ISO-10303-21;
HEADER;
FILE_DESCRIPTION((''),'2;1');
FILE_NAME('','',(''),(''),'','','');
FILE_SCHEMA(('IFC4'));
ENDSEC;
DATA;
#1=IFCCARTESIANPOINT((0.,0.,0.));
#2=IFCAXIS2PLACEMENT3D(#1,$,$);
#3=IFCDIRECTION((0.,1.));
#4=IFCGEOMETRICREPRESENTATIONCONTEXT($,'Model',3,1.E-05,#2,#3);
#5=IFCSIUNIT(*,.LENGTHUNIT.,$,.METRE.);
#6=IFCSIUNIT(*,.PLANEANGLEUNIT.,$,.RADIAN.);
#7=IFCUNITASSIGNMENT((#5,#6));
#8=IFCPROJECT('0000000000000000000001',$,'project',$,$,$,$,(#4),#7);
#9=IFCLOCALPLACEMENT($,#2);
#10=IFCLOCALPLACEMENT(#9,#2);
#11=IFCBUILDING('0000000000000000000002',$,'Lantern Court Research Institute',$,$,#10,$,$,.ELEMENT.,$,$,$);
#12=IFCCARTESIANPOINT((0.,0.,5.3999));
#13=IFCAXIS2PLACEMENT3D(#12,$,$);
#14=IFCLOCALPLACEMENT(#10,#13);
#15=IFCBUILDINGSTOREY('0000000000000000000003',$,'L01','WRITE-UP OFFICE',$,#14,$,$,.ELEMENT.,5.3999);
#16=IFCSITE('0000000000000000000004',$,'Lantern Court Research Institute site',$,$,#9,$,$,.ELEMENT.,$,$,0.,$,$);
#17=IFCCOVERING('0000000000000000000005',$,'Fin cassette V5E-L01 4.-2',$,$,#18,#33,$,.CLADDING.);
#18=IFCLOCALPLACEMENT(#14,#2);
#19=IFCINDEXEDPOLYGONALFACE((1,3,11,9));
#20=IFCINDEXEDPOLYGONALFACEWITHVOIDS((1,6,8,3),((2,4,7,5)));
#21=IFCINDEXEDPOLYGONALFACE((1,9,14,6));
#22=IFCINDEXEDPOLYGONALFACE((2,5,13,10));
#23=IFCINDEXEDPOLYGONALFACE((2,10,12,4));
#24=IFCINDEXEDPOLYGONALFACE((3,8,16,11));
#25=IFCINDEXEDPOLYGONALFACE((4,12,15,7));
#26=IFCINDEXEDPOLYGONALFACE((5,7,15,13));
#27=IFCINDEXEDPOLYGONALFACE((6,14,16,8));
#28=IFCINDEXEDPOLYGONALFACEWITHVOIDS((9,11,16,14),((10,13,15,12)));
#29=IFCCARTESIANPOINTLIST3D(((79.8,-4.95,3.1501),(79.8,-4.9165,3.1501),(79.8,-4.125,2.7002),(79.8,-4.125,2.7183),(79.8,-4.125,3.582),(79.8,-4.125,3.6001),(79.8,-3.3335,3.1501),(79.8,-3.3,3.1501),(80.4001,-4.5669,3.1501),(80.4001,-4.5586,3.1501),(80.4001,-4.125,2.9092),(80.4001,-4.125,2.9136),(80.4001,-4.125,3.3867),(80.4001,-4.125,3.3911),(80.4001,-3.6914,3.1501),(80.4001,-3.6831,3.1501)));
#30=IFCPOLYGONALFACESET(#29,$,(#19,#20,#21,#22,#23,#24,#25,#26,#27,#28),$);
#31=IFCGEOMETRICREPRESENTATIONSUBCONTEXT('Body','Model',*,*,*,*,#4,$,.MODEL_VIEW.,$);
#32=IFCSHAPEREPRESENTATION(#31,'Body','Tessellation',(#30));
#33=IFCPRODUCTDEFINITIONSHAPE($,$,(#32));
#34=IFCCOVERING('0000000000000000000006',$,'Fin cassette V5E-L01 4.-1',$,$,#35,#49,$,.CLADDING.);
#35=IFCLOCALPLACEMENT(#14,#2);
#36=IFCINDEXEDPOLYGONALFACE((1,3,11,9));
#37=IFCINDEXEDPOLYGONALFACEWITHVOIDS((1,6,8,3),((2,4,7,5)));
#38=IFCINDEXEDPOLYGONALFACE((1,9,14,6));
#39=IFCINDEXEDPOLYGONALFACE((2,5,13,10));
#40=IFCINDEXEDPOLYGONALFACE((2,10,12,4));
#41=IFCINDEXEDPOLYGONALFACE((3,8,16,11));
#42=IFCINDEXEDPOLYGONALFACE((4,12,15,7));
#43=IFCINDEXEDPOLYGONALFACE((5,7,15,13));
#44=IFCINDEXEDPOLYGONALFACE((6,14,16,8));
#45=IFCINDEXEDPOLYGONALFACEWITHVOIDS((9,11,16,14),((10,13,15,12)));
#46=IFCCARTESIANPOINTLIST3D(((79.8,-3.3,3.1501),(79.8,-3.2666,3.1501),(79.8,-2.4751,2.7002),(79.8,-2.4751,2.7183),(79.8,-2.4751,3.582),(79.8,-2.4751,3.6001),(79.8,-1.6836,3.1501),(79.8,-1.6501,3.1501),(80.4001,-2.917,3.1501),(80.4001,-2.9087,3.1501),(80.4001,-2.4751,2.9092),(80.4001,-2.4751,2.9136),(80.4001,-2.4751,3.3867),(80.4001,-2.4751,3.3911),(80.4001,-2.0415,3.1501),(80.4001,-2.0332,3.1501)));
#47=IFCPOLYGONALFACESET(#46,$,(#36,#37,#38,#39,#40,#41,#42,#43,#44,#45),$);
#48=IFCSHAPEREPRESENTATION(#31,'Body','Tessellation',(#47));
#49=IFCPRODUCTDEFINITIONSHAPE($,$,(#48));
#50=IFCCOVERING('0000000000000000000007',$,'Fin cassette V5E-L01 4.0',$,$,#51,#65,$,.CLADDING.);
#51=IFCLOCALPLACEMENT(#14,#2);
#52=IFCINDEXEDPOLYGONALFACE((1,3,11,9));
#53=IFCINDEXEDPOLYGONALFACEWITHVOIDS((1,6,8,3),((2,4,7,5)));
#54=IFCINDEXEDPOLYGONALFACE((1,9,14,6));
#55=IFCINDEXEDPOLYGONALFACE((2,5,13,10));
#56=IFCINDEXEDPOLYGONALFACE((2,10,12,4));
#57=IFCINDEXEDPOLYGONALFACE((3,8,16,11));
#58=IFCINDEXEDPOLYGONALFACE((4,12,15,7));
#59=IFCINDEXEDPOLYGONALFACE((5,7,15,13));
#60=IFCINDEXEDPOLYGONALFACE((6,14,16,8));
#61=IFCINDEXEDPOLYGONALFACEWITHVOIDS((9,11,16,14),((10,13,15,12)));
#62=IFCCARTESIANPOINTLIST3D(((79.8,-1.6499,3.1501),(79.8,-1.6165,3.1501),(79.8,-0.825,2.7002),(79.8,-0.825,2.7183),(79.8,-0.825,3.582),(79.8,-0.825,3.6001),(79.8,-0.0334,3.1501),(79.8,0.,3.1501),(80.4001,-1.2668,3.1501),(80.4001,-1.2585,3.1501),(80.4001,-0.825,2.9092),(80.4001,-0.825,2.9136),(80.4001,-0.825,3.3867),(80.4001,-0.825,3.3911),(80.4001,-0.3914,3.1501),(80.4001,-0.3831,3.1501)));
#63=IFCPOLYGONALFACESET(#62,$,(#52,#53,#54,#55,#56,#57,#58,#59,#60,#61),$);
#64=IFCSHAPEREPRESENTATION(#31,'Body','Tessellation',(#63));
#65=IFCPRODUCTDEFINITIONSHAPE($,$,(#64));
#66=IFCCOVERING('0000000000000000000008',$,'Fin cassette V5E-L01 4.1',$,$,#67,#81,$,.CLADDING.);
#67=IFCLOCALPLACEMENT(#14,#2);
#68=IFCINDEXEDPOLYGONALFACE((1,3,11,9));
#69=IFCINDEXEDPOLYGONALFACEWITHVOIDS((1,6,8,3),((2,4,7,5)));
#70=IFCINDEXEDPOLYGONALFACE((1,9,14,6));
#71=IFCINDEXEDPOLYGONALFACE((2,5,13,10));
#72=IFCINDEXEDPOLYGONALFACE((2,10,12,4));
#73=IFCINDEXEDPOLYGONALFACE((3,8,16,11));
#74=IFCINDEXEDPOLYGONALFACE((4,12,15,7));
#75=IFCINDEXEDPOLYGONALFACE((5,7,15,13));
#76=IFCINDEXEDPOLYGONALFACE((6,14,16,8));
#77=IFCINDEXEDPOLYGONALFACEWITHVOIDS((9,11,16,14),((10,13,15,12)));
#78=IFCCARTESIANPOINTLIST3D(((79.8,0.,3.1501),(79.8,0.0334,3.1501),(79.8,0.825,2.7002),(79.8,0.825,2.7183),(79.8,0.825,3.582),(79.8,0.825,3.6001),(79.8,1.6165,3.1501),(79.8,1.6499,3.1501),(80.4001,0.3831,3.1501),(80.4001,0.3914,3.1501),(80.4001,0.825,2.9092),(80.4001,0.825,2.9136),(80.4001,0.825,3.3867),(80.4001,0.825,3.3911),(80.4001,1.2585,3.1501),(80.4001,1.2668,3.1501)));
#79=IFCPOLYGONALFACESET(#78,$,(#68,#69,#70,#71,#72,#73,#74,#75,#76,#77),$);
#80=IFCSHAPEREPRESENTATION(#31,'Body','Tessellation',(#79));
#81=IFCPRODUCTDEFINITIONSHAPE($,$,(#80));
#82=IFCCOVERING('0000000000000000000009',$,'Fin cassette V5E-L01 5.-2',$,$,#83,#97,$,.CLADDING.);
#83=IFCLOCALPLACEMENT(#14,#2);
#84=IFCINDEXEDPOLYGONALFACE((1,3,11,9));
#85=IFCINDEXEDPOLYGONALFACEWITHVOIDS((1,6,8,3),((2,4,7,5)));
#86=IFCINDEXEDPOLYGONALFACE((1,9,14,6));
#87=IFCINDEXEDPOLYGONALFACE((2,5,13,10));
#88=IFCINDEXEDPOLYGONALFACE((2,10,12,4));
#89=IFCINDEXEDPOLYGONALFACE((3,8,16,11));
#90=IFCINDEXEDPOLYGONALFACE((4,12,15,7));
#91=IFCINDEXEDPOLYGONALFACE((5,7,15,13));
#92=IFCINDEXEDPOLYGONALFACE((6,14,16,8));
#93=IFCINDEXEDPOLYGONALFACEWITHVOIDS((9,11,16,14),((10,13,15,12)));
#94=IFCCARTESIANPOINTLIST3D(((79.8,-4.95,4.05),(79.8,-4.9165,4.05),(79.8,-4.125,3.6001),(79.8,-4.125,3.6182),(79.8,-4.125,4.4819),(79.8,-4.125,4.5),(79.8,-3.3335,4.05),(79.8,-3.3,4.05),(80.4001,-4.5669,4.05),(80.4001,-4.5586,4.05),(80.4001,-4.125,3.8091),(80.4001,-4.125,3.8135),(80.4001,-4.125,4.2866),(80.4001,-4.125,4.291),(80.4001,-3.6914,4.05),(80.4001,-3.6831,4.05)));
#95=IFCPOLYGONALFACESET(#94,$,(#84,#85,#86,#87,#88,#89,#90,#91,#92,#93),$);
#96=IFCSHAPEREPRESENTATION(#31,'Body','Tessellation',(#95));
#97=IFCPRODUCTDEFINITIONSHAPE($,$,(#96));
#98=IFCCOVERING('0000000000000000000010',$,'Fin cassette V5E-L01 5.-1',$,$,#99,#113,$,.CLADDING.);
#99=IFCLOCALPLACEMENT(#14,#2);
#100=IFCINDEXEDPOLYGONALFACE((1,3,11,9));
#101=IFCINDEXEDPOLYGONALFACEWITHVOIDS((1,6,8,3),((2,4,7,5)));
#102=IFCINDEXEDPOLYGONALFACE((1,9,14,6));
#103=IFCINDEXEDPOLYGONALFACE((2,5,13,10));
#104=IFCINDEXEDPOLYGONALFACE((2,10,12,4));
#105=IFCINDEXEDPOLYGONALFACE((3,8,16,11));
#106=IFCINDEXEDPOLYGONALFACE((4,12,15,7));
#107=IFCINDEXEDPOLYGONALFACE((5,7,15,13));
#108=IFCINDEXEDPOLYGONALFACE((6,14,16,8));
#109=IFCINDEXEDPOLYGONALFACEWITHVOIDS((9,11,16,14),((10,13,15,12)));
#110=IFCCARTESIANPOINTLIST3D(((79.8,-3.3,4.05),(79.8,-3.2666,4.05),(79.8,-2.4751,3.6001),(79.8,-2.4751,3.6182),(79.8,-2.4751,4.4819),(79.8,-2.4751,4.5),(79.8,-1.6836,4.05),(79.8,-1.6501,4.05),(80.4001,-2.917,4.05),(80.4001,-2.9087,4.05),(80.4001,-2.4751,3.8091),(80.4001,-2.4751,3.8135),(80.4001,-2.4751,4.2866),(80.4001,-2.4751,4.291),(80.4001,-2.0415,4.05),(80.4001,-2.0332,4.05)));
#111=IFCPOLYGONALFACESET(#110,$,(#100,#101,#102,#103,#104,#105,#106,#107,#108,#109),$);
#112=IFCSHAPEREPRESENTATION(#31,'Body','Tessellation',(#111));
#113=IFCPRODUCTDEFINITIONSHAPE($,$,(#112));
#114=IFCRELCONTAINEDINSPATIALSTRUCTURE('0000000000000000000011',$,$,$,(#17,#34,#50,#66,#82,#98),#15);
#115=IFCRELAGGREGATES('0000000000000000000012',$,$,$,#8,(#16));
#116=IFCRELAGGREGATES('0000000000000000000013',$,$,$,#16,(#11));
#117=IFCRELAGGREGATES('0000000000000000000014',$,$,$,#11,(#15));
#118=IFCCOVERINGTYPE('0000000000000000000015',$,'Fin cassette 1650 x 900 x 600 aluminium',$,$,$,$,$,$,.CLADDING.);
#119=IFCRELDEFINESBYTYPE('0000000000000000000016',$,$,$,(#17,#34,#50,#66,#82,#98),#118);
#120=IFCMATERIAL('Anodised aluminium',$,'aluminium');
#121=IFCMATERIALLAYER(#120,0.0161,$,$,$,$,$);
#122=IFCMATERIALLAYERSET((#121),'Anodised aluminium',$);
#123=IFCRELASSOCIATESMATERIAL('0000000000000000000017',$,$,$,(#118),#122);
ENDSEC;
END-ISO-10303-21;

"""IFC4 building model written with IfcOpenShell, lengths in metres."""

from ifc_helpers import new_model, entity, si_unit, direction, frame, origin, place, context, subcontext, project, spatial, material, layer, layer_set, type_object, element, save


model = new_model("IFC4")

# Units and contexts
model_context = context("Model", 3, precision=1e-05, world=origin(), true_north=direction((0.0, 1.0)))
body_context = subcontext(model_context, "Body", "Model", "MODEL_VIEW")
ifc_project = project(units=[si_unit("LENGTHUNIT", "METRE"), si_unit("PLANEANGLEUNIT", "RADIAN")], contexts=[model_context])

# Site, building, storey
site_placement = place(None, origin())
site = spatial("IfcSite", under=ifc_project, at=site_placement, Name="Lantern Court Research Institute site", CompositionType="ELEMENT", RefElevation=0.0)
building_placement = place(site_placement, origin())
building = spatial("IfcBuilding", under=site, at=building_placement, Name="Lantern Court Research Institute", CompositionType="ELEMENT")
storey_placement = place(building_placement, frame((0.0, 0.0, 5.3999)))
storey = spatial("IfcBuildingStorey", under=building, at=storey_placement, Name="L01", Description="WRITE-UP OFFICE", CompositionType="ELEMENT", Elevation=5.3999)

# Coverings
ifc_material_1 = material(Name="Anodised aluminium", Category="aluminium")
ifc_layer_1 = layer(ifc_material_1, 0.0161)
ifc_layer_set_1 = layer_set([ifc_layer_1], Name="Anodised aluminium")
covering_type = type_object("IfcCoveringType", Name="Fin cassette 1650 x 900 x 600 aluminium", PredefinedType="CLADDING", material=ifc_layer_set_1)
covering_1_placement = place(storey_placement, frame((79.8, -4.125, 3.1501), z_axis=(1.0, 0.0, 0.0), x_axis=(0.0, 1.0, 0.0)))
cartesian_point_1 = entity("IfcCartesianPoint", [0.825, 0.0])
cartesian_point_2 = entity("IfcCartesianPoint", [0.7915, 0.0])
cartesian_point_3 = entity("IfcCartesianPoint", [0.4419, 0.0])
cartesian_point_4 = entity("IfcCartesianPoint", [0.4336, 0.0])
element("IfcCovering", 1, at=covering_1_placement, inside=storey, type_object=covering_type, Name="Fin cassette V5E-L01 4.-2", PredefinedType="CLADDING", context=body_context, shape_type="SweptSolid", body=[
    entity("IfcExtrudedAreaSolidTapered", entity("IfcArbitraryProfileDefWithVoids", "AREA", None, entity("IfcPolyline", [cartesian_point_1, entity("IfcCartesianPoint", [0.0, 0.45]), entity("IfcCartesianPoint", [-0.825, 0.0]), entity("IfcCartesianPoint", [0.0, -0.45]), cartesian_point_1]), [entity("IfcPolyline", [cartesian_point_2, entity("IfcCartesianPoint", [0.0, 0.4319]), entity("IfcCartesianPoint", [-0.7915, 0.0]), entity("IfcCartesianPoint", [0.0, -0.4319]), cartesian_point_2])]), entity("IfcAxis2Placement3D", entity("IfcCartesianPoint", [0.0, 0.0, 0.0])), entity("IfcDirection", [0.0, 0.0, 1.0]), 0.6001, entity("IfcArbitraryProfileDefWithVoids", "AREA", None, entity("IfcPolyline", [cartesian_point_3, entity("IfcCartesianPoint", [0.0, 0.241]), entity("IfcCartesianPoint", [-0.4419, 0.0]), entity("IfcCartesianPoint", [0.0, -0.241]), cartesian_point_3]), [entity("IfcPolyline", [cartesian_point_4, entity("IfcCartesianPoint", [0.0, 0.2366]), entity("IfcCartesianPoint", [-0.4336, 0.0]), entity("IfcCartesianPoint", [0.0, -0.2366]), cartesian_point_4])])),
])
covering_2_placement = place(storey_placement, frame((79.8, -2.4751, 3.1501), z_axis=(1.0, 0.0, 0.0), x_axis=(0.0, 1.0, 0.0)))
cartesian_point_5 = entity("IfcCartesianPoint", [0.825, 0.0])
cartesian_point_6 = entity("IfcCartesianPoint", [0.7915, 0.0])
cartesian_point_7 = entity("IfcCartesianPoint", [0.4419, 0.0])
cartesian_point_8 = entity("IfcCartesianPoint", [0.4336, 0.0])
element("IfcCovering", 2, at=covering_2_placement, inside=storey, type_object=covering_type, Name="Fin cassette V5E-L01 4.-1", PredefinedType="CLADDING", context=body_context, shape_type="SweptSolid", body=[
    entity("IfcExtrudedAreaSolidTapered", entity("IfcArbitraryProfileDefWithVoids", "AREA", None, entity("IfcPolyline", [cartesian_point_5, entity("IfcCartesianPoint", [0.0, 0.45]), entity("IfcCartesianPoint", [-0.825, 0.0]), entity("IfcCartesianPoint", [0.0, -0.45]), cartesian_point_5]), [entity("IfcPolyline", [cartesian_point_6, entity("IfcCartesianPoint", [0.0, 0.4319]), entity("IfcCartesianPoint", [-0.7915, 0.0]), entity("IfcCartesianPoint", [0.0, -0.4319]), cartesian_point_6])]), entity("IfcAxis2Placement3D", entity("IfcCartesianPoint", [0.0, 0.0, 0.0])), entity("IfcDirection", [0.0, 0.0, 1.0]), 0.6001, entity("IfcArbitraryProfileDefWithVoids", "AREA", None, entity("IfcPolyline", [cartesian_point_7, entity("IfcCartesianPoint", [0.0, 0.241]), entity("IfcCartesianPoint", [-0.4419, 0.0]), entity("IfcCartesianPoint", [0.0, -0.241]), cartesian_point_7]), [entity("IfcPolyline", [cartesian_point_8, entity("IfcCartesianPoint", [0.0, 0.2366]), entity("IfcCartesianPoint", [-0.4336, 0.0]), entity("IfcCartesianPoint", [0.0, -0.2366]), cartesian_point_8])])),
])
covering_3_placement = place(storey_placement, frame((79.8, -0.825, 3.1501), z_axis=(1.0, 0.0, 0.0), x_axis=(0.0, 1.0, 0.0)))
cartesian_point_9 = entity("IfcCartesianPoint", [0.825, 0.0])
cartesian_point_10 = entity("IfcCartesianPoint", [0.7915, 0.0])
cartesian_point_11 = entity("IfcCartesianPoint", [0.4419, 0.0])
cartesian_point_12 = entity("IfcCartesianPoint", [0.4336, 0.0])
element("IfcCovering", 3, at=covering_3_placement, inside=storey, type_object=covering_type, Name="Fin cassette V5E-L01 4.0", PredefinedType="CLADDING", context=body_context, shape_type="SweptSolid", body=[
    entity("IfcExtrudedAreaSolidTapered", entity("IfcArbitraryProfileDefWithVoids", "AREA", None, entity("IfcPolyline", [cartesian_point_9, entity("IfcCartesianPoint", [0.0, 0.45]), entity("IfcCartesianPoint", [-0.825, 0.0]), entity("IfcCartesianPoint", [0.0, -0.45]), cartesian_point_9]), [entity("IfcPolyline", [cartesian_point_10, entity("IfcCartesianPoint", [0.0, 0.4319]), entity("IfcCartesianPoint", [-0.7915, 0.0]), entity("IfcCartesianPoint", [0.0, -0.4319]), cartesian_point_10])]), entity("IfcAxis2Placement3D", entity("IfcCartesianPoint", [0.0, 0.0, 0.0])), entity("IfcDirection", [0.0, 0.0, 1.0]), 0.6001, entity("IfcArbitraryProfileDefWithVoids", "AREA", None, entity("IfcPolyline", [cartesian_point_11, entity("IfcCartesianPoint", [0.0, 0.241]), entity("IfcCartesianPoint", [-0.4419, 0.0]), entity("IfcCartesianPoint", [0.0, -0.241]), cartesian_point_11]), [entity("IfcPolyline", [cartesian_point_12, entity("IfcCartesianPoint", [0.0, 0.2366]), entity("IfcCartesianPoint", [-0.4336, 0.0]), entity("IfcCartesianPoint", [0.0, -0.2366]), cartesian_point_12])])),
])
covering_4_placement = place(storey_placement, frame((79.8, 0.825, 3.1501), z_axis=(1.0, 0.0, 0.0), x_axis=(0.0, 1.0, 0.0)))
cartesian_point_13 = entity("IfcCartesianPoint", [0.825, 0.0])
cartesian_point_14 = entity("IfcCartesianPoint", [0.7915, 0.0])
cartesian_point_15 = entity("IfcCartesianPoint", [0.4419, 0.0])
cartesian_point_16 = entity("IfcCartesianPoint", [0.4336, 0.0])
element("IfcCovering", 4, at=covering_4_placement, inside=storey, type_object=covering_type, Name="Fin cassette V5E-L01 4.1", PredefinedType="CLADDING", context=body_context, shape_type="SweptSolid", body=[
    entity("IfcExtrudedAreaSolidTapered", entity("IfcArbitraryProfileDefWithVoids", "AREA", None, entity("IfcPolyline", [cartesian_point_13, entity("IfcCartesianPoint", [0.0, 0.45]), entity("IfcCartesianPoint", [-0.825, 0.0]), entity("IfcCartesianPoint", [0.0, -0.45]), cartesian_point_13]), [entity("IfcPolyline", [cartesian_point_14, entity("IfcCartesianPoint", [0.0, 0.4319]), entity("IfcCartesianPoint", [-0.7915, 0.0]), entity("IfcCartesianPoint", [0.0, -0.4319]), cartesian_point_14])]), entity("IfcAxis2Placement3D", entity("IfcCartesianPoint", [0.0, 0.0, 0.0])), entity("IfcDirection", [0.0, 0.0, 1.0]), 0.6001, entity("IfcArbitraryProfileDefWithVoids", "AREA", None, entity("IfcPolyline", [cartesian_point_15, entity("IfcCartesianPoint", [0.0, 0.241]), entity("IfcCartesianPoint", [-0.4419, 0.0]), entity("IfcCartesianPoint", [0.0, -0.241]), cartesian_point_15]), [entity("IfcPolyline", [cartesian_point_16, entity("IfcCartesianPoint", [0.0, 0.2366]), entity("IfcCartesianPoint", [-0.4336, 0.0]), entity("IfcCartesianPoint", [0.0, -0.2366]), cartesian_point_16])])),
])
covering_5_placement = place(storey_placement, frame((79.8, -4.125, 4.05), z_axis=(1.0, 0.0, 0.0), x_axis=(0.0, 1.0, 0.0)))
cartesian_point_17 = entity("IfcCartesianPoint", [0.825, 0.0])
cartesian_point_18 = entity("IfcCartesianPoint", [0.7915, 0.0])
cartesian_point_19 = entity("IfcCartesianPoint", [0.4419, 0.0])
cartesian_point_20 = entity("IfcCartesianPoint", [0.4336, 0.0])
element("IfcCovering", 5, at=covering_5_placement, inside=storey, type_object=covering_type, Name="Fin cassette V5E-L01 5.-2", PredefinedType="CLADDING", context=body_context, shape_type="SweptSolid", body=[
    entity("IfcExtrudedAreaSolidTapered", entity("IfcArbitraryProfileDefWithVoids", "AREA", None, entity("IfcPolyline", [cartesian_point_17, entity("IfcCartesianPoint", [0.0, 0.45]), entity("IfcCartesianPoint", [-0.825, 0.0]), entity("IfcCartesianPoint", [0.0, -0.45]), cartesian_point_17]), [entity("IfcPolyline", [cartesian_point_18, entity("IfcCartesianPoint", [0.0, 0.4319]), entity("IfcCartesianPoint", [-0.7915, 0.0]), entity("IfcCartesianPoint", [0.0, -0.4319]), cartesian_point_18])]), entity("IfcAxis2Placement3D", entity("IfcCartesianPoint", [0.0, 0.0, 0.0])), entity("IfcDirection", [0.0, 0.0, 1.0]), 0.6001, entity("IfcArbitraryProfileDefWithVoids", "AREA", None, entity("IfcPolyline", [cartesian_point_19, entity("IfcCartesianPoint", [0.0, 0.241]), entity("IfcCartesianPoint", [-0.4419, 0.0]), entity("IfcCartesianPoint", [0.0, -0.241]), cartesian_point_19]), [entity("IfcPolyline", [cartesian_point_20, entity("IfcCartesianPoint", [0.0, 0.2366]), entity("IfcCartesianPoint", [-0.4336, 0.0]), entity("IfcCartesianPoint", [0.0, -0.2366]), cartesian_point_20])])),
])
covering_6_placement = place(storey_placement, frame((79.8, -2.4751, 4.05), z_axis=(1.0, 0.0, 0.0), x_axis=(0.0, 1.0, 0.0)))
cartesian_point_21 = entity("IfcCartesianPoint", [0.825, 0.0])
cartesian_point_22 = entity("IfcCartesianPoint", [0.7915, 0.0])
cartesian_point_23 = entity("IfcCartesianPoint", [0.4419, 0.0])
cartesian_point_24 = entity("IfcCartesianPoint", [0.4336, 0.0])
element("IfcCovering", 6, at=covering_6_placement, inside=storey, type_object=covering_type, Name="Fin cassette V5E-L01 5.-1", PredefinedType="CLADDING", context=body_context, shape_type="SweptSolid", body=[
    entity("IfcExtrudedAreaSolidTapered", entity("IfcArbitraryProfileDefWithVoids", "AREA", None, entity("IfcPolyline", [cartesian_point_21, entity("IfcCartesianPoint", [0.0, 0.45]), entity("IfcCartesianPoint", [-0.825, 0.0]), entity("IfcCartesianPoint", [0.0, -0.45]), cartesian_point_21]), [entity("IfcPolyline", [cartesian_point_22, entity("IfcCartesianPoint", [0.0, 0.4319]), entity("IfcCartesianPoint", [-0.7915, 0.0]), entity("IfcCartesianPoint", [0.0, -0.4319]), cartesian_point_22])]), entity("IfcAxis2Placement3D", entity("IfcCartesianPoint", [0.0, 0.0, 0.0])), entity("IfcDirection", [0.0, 0.0, 1.0]), 0.6001, entity("IfcArbitraryProfileDefWithVoids", "AREA", None, entity("IfcPolyline", [cartesian_point_23, entity("IfcCartesianPoint", [0.0, 0.241]), entity("IfcCartesianPoint", [-0.4419, 0.0]), entity("IfcCartesianPoint", [0.0, -0.241]), cartesian_point_23]), [entity("IfcPolyline", [cartesian_point_24, entity("IfcCartesianPoint", [0.0, 0.2366]), entity("IfcCartesianPoint", [-0.4336, 0.0]), entity("IfcCartesianPoint", [0.0, -0.2366]), cartesian_point_24])])),
])

save(model, "model.ifc")
